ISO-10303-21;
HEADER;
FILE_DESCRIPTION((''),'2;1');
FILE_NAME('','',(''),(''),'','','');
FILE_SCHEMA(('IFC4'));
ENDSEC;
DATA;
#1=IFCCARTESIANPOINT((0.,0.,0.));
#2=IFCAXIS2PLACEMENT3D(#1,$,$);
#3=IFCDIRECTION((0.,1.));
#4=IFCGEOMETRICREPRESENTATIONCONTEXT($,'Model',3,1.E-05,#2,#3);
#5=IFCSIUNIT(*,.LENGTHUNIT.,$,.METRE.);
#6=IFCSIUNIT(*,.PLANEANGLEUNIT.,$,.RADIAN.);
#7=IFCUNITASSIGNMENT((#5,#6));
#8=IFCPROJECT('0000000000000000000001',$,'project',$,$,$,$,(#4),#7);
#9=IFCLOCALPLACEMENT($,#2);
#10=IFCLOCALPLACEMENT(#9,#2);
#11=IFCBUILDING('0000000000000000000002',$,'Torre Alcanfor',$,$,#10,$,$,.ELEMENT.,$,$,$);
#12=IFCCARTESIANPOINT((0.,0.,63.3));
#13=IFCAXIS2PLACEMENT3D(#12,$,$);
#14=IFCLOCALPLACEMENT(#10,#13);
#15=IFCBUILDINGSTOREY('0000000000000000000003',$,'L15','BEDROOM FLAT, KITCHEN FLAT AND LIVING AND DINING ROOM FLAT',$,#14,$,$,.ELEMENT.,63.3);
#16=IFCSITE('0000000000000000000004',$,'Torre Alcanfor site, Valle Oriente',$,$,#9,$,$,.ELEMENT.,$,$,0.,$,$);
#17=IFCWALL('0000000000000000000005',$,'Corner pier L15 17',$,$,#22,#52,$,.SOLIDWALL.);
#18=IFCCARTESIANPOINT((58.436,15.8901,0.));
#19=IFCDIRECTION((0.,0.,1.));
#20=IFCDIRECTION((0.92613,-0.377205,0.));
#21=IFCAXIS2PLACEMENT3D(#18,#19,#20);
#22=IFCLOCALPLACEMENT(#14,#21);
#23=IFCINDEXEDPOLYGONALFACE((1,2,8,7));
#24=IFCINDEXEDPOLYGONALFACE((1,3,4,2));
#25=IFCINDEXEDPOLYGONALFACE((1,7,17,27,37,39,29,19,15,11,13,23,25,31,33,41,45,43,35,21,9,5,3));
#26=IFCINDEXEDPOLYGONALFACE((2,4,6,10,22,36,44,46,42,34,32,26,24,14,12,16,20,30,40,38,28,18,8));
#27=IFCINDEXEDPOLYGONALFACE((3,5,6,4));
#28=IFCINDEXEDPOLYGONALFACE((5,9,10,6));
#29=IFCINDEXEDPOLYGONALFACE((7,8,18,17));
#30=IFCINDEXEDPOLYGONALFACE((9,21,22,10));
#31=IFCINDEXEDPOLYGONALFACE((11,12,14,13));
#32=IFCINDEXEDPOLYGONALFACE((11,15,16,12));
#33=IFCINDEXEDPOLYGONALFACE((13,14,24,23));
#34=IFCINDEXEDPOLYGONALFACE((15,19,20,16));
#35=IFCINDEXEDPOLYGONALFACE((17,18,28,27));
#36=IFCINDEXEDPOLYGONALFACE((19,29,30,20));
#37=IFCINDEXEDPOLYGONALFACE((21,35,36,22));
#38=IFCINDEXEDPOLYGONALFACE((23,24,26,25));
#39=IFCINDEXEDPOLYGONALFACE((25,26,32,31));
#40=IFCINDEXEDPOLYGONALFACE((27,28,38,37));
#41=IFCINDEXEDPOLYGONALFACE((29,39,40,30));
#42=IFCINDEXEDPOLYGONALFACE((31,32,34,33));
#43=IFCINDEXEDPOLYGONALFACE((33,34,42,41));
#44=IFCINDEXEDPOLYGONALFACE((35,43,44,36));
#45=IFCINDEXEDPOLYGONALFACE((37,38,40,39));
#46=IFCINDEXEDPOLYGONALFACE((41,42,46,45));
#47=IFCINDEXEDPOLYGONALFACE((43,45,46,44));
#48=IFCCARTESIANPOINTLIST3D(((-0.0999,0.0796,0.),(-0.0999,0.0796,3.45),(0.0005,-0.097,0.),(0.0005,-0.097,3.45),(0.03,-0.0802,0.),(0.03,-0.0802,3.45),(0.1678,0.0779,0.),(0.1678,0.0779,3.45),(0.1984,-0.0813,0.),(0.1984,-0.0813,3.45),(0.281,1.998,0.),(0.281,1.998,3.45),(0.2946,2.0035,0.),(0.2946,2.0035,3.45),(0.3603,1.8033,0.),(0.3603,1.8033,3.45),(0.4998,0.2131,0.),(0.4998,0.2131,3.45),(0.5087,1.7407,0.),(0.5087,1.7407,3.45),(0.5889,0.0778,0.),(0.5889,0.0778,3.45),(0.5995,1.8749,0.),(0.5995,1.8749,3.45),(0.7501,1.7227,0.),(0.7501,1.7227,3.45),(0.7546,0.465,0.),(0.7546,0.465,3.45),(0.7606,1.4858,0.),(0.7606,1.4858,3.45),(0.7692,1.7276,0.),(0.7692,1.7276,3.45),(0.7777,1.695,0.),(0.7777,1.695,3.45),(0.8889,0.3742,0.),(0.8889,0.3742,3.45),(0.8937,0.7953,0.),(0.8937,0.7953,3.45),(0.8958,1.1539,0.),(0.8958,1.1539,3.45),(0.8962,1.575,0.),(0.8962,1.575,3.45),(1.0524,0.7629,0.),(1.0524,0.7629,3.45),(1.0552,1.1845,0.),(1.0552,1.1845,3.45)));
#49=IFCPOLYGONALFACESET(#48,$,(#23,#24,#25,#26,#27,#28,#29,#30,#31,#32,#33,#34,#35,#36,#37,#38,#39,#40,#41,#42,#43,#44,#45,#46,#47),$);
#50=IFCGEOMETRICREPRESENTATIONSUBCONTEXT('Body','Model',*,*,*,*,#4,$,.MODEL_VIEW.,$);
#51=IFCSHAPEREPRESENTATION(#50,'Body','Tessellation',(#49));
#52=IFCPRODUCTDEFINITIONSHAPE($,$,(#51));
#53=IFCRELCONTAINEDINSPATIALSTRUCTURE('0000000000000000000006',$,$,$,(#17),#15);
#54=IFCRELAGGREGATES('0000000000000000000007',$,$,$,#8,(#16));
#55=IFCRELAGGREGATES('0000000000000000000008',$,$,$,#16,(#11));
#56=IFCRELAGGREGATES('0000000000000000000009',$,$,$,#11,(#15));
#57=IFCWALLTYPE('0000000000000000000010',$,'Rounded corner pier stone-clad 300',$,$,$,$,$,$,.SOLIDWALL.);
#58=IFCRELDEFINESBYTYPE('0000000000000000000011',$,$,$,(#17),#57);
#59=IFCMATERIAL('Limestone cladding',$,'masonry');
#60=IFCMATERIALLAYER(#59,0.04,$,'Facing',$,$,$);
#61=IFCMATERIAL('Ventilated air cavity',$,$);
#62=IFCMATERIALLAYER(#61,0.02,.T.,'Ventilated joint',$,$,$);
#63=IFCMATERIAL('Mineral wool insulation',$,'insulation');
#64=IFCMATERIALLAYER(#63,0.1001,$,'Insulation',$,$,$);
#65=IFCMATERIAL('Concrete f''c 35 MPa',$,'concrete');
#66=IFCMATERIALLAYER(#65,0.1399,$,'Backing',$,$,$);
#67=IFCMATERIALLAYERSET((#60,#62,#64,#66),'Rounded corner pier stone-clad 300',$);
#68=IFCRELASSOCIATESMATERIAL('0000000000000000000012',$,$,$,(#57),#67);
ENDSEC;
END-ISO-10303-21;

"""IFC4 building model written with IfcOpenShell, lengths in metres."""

from ifc_helpers import new_model, si_unit, direction, frame, origin, place, context, subcontext, project, spatial, polyline, outline, extrude, material, layer, layer_set, type_object, element, save


model = new_model("IFC4")

# Units and contexts
model_context = context("Model", 3, precision=1e-05, world=origin(), true_north=direction((0.0, 1.0)))
body_context = subcontext(model_context, "Body", "Model", "MODEL_VIEW")
ifc_project = project(units=[si_unit("LENGTHUNIT", "METRE"), si_unit("PLANEANGLEUNIT", "RADIAN")], contexts=[model_context])

# Site, building, storey
site_placement = place(None, origin())
site = spatial("IfcSite", under=ifc_project, at=site_placement, Name="Torre Alcanfor site, Valle Oriente", CompositionType="ELEMENT", RefElevation=0.0)
building_placement = place(site_placement, origin())
building = spatial("IfcBuilding", under=site, at=building_placement, Name="Torre Alcanfor", CompositionType="ELEMENT")
storey_placement = place(building_placement, frame((0.0, 0.0, 63.3)))
storey = spatial("IfcBuildingStorey", under=building, at=storey_placement, Name="L15", Description="BEDROOM FLAT, KITCHEN FLAT AND LIVING AND DINING ROOM FLAT", CompositionType="ELEMENT", Elevation=63.3)

# Shared definitions
ifc_material_1 = material(Name="Limestone cladding", Category="masonry")
ifc_material_2 = material(Name="Ventilated air cavity")
ifc_material_3 = material(Name="Mineral wool insulation", Category="insulation")
ifc_material_4 = material(Name="Concrete f'c 35 MPa", Category="concrete")

# Wall
ifc_layer_1 = layer(ifc_material_1, 0.04, Name="Facing")
ifc_layer_2 = layer(ifc_material_2, 0.02, ventilated=True, Name="Ventilated joint")
ifc_layer_3 = layer(ifc_material_3, 0.1001, Name="Insulation")
ifc_layer_4 = layer(ifc_material_4, 0.1399, Name="Backing")
ifc_layer_set_1 = layer_set([ifc_layer_1, ifc_layer_2, ifc_layer_3, ifc_layer_4], Name="Rounded corner pier stone-clad 300")
wall_type_1 = type_object("IfcWallType", Name="Rounded corner pier stone-clad 300", PredefinedType="SOLIDWALL", material=ifc_layer_set_1)
wall_1_placement = place(storey_placement, frame((58.436, 15.8901, 0.0), z_axis=(0.0, 0.0, 1.0), x_axis=(0.92613, -0.377205, 0.0)))
element("IfcWall", 1, at=wall_1_placement, inside=storey, type_object=wall_type_1, Name="Corner pier L15 17", PredefinedType="SOLIDWALL", context=body_context, shape_type="SweptSolid", body=[
    extrude(outline(polyline([(0.7692, 1.7276), (0.7501, 1.7227), (0.5995, 1.8749), (0.2946, 2.0035), (0.281, 1.998), (0.3603, 1.8033), (0.5087, 1.7407), (0.7606, 1.4858), (0.8958, 1.1539), (0.8937, 0.7953), (0.7546, 0.465), (0.4998, 0.2131), (0.1678, 0.0779), (-0.0999, 0.0796), (0.0005, -0.097), (0.03, -0.0802), (0.1984, -0.0813), (0.5889, 0.0778), (0.8889, 0.3742), (1.0524, 0.7629), (1.0552, 1.1845), (0.8962, 1.575), (0.7777, 1.695), (0.7692, 1.7276)])), origin(), (0.0, 0.0, 1.0), 3.45),
])

save(model, "model.ifc")
